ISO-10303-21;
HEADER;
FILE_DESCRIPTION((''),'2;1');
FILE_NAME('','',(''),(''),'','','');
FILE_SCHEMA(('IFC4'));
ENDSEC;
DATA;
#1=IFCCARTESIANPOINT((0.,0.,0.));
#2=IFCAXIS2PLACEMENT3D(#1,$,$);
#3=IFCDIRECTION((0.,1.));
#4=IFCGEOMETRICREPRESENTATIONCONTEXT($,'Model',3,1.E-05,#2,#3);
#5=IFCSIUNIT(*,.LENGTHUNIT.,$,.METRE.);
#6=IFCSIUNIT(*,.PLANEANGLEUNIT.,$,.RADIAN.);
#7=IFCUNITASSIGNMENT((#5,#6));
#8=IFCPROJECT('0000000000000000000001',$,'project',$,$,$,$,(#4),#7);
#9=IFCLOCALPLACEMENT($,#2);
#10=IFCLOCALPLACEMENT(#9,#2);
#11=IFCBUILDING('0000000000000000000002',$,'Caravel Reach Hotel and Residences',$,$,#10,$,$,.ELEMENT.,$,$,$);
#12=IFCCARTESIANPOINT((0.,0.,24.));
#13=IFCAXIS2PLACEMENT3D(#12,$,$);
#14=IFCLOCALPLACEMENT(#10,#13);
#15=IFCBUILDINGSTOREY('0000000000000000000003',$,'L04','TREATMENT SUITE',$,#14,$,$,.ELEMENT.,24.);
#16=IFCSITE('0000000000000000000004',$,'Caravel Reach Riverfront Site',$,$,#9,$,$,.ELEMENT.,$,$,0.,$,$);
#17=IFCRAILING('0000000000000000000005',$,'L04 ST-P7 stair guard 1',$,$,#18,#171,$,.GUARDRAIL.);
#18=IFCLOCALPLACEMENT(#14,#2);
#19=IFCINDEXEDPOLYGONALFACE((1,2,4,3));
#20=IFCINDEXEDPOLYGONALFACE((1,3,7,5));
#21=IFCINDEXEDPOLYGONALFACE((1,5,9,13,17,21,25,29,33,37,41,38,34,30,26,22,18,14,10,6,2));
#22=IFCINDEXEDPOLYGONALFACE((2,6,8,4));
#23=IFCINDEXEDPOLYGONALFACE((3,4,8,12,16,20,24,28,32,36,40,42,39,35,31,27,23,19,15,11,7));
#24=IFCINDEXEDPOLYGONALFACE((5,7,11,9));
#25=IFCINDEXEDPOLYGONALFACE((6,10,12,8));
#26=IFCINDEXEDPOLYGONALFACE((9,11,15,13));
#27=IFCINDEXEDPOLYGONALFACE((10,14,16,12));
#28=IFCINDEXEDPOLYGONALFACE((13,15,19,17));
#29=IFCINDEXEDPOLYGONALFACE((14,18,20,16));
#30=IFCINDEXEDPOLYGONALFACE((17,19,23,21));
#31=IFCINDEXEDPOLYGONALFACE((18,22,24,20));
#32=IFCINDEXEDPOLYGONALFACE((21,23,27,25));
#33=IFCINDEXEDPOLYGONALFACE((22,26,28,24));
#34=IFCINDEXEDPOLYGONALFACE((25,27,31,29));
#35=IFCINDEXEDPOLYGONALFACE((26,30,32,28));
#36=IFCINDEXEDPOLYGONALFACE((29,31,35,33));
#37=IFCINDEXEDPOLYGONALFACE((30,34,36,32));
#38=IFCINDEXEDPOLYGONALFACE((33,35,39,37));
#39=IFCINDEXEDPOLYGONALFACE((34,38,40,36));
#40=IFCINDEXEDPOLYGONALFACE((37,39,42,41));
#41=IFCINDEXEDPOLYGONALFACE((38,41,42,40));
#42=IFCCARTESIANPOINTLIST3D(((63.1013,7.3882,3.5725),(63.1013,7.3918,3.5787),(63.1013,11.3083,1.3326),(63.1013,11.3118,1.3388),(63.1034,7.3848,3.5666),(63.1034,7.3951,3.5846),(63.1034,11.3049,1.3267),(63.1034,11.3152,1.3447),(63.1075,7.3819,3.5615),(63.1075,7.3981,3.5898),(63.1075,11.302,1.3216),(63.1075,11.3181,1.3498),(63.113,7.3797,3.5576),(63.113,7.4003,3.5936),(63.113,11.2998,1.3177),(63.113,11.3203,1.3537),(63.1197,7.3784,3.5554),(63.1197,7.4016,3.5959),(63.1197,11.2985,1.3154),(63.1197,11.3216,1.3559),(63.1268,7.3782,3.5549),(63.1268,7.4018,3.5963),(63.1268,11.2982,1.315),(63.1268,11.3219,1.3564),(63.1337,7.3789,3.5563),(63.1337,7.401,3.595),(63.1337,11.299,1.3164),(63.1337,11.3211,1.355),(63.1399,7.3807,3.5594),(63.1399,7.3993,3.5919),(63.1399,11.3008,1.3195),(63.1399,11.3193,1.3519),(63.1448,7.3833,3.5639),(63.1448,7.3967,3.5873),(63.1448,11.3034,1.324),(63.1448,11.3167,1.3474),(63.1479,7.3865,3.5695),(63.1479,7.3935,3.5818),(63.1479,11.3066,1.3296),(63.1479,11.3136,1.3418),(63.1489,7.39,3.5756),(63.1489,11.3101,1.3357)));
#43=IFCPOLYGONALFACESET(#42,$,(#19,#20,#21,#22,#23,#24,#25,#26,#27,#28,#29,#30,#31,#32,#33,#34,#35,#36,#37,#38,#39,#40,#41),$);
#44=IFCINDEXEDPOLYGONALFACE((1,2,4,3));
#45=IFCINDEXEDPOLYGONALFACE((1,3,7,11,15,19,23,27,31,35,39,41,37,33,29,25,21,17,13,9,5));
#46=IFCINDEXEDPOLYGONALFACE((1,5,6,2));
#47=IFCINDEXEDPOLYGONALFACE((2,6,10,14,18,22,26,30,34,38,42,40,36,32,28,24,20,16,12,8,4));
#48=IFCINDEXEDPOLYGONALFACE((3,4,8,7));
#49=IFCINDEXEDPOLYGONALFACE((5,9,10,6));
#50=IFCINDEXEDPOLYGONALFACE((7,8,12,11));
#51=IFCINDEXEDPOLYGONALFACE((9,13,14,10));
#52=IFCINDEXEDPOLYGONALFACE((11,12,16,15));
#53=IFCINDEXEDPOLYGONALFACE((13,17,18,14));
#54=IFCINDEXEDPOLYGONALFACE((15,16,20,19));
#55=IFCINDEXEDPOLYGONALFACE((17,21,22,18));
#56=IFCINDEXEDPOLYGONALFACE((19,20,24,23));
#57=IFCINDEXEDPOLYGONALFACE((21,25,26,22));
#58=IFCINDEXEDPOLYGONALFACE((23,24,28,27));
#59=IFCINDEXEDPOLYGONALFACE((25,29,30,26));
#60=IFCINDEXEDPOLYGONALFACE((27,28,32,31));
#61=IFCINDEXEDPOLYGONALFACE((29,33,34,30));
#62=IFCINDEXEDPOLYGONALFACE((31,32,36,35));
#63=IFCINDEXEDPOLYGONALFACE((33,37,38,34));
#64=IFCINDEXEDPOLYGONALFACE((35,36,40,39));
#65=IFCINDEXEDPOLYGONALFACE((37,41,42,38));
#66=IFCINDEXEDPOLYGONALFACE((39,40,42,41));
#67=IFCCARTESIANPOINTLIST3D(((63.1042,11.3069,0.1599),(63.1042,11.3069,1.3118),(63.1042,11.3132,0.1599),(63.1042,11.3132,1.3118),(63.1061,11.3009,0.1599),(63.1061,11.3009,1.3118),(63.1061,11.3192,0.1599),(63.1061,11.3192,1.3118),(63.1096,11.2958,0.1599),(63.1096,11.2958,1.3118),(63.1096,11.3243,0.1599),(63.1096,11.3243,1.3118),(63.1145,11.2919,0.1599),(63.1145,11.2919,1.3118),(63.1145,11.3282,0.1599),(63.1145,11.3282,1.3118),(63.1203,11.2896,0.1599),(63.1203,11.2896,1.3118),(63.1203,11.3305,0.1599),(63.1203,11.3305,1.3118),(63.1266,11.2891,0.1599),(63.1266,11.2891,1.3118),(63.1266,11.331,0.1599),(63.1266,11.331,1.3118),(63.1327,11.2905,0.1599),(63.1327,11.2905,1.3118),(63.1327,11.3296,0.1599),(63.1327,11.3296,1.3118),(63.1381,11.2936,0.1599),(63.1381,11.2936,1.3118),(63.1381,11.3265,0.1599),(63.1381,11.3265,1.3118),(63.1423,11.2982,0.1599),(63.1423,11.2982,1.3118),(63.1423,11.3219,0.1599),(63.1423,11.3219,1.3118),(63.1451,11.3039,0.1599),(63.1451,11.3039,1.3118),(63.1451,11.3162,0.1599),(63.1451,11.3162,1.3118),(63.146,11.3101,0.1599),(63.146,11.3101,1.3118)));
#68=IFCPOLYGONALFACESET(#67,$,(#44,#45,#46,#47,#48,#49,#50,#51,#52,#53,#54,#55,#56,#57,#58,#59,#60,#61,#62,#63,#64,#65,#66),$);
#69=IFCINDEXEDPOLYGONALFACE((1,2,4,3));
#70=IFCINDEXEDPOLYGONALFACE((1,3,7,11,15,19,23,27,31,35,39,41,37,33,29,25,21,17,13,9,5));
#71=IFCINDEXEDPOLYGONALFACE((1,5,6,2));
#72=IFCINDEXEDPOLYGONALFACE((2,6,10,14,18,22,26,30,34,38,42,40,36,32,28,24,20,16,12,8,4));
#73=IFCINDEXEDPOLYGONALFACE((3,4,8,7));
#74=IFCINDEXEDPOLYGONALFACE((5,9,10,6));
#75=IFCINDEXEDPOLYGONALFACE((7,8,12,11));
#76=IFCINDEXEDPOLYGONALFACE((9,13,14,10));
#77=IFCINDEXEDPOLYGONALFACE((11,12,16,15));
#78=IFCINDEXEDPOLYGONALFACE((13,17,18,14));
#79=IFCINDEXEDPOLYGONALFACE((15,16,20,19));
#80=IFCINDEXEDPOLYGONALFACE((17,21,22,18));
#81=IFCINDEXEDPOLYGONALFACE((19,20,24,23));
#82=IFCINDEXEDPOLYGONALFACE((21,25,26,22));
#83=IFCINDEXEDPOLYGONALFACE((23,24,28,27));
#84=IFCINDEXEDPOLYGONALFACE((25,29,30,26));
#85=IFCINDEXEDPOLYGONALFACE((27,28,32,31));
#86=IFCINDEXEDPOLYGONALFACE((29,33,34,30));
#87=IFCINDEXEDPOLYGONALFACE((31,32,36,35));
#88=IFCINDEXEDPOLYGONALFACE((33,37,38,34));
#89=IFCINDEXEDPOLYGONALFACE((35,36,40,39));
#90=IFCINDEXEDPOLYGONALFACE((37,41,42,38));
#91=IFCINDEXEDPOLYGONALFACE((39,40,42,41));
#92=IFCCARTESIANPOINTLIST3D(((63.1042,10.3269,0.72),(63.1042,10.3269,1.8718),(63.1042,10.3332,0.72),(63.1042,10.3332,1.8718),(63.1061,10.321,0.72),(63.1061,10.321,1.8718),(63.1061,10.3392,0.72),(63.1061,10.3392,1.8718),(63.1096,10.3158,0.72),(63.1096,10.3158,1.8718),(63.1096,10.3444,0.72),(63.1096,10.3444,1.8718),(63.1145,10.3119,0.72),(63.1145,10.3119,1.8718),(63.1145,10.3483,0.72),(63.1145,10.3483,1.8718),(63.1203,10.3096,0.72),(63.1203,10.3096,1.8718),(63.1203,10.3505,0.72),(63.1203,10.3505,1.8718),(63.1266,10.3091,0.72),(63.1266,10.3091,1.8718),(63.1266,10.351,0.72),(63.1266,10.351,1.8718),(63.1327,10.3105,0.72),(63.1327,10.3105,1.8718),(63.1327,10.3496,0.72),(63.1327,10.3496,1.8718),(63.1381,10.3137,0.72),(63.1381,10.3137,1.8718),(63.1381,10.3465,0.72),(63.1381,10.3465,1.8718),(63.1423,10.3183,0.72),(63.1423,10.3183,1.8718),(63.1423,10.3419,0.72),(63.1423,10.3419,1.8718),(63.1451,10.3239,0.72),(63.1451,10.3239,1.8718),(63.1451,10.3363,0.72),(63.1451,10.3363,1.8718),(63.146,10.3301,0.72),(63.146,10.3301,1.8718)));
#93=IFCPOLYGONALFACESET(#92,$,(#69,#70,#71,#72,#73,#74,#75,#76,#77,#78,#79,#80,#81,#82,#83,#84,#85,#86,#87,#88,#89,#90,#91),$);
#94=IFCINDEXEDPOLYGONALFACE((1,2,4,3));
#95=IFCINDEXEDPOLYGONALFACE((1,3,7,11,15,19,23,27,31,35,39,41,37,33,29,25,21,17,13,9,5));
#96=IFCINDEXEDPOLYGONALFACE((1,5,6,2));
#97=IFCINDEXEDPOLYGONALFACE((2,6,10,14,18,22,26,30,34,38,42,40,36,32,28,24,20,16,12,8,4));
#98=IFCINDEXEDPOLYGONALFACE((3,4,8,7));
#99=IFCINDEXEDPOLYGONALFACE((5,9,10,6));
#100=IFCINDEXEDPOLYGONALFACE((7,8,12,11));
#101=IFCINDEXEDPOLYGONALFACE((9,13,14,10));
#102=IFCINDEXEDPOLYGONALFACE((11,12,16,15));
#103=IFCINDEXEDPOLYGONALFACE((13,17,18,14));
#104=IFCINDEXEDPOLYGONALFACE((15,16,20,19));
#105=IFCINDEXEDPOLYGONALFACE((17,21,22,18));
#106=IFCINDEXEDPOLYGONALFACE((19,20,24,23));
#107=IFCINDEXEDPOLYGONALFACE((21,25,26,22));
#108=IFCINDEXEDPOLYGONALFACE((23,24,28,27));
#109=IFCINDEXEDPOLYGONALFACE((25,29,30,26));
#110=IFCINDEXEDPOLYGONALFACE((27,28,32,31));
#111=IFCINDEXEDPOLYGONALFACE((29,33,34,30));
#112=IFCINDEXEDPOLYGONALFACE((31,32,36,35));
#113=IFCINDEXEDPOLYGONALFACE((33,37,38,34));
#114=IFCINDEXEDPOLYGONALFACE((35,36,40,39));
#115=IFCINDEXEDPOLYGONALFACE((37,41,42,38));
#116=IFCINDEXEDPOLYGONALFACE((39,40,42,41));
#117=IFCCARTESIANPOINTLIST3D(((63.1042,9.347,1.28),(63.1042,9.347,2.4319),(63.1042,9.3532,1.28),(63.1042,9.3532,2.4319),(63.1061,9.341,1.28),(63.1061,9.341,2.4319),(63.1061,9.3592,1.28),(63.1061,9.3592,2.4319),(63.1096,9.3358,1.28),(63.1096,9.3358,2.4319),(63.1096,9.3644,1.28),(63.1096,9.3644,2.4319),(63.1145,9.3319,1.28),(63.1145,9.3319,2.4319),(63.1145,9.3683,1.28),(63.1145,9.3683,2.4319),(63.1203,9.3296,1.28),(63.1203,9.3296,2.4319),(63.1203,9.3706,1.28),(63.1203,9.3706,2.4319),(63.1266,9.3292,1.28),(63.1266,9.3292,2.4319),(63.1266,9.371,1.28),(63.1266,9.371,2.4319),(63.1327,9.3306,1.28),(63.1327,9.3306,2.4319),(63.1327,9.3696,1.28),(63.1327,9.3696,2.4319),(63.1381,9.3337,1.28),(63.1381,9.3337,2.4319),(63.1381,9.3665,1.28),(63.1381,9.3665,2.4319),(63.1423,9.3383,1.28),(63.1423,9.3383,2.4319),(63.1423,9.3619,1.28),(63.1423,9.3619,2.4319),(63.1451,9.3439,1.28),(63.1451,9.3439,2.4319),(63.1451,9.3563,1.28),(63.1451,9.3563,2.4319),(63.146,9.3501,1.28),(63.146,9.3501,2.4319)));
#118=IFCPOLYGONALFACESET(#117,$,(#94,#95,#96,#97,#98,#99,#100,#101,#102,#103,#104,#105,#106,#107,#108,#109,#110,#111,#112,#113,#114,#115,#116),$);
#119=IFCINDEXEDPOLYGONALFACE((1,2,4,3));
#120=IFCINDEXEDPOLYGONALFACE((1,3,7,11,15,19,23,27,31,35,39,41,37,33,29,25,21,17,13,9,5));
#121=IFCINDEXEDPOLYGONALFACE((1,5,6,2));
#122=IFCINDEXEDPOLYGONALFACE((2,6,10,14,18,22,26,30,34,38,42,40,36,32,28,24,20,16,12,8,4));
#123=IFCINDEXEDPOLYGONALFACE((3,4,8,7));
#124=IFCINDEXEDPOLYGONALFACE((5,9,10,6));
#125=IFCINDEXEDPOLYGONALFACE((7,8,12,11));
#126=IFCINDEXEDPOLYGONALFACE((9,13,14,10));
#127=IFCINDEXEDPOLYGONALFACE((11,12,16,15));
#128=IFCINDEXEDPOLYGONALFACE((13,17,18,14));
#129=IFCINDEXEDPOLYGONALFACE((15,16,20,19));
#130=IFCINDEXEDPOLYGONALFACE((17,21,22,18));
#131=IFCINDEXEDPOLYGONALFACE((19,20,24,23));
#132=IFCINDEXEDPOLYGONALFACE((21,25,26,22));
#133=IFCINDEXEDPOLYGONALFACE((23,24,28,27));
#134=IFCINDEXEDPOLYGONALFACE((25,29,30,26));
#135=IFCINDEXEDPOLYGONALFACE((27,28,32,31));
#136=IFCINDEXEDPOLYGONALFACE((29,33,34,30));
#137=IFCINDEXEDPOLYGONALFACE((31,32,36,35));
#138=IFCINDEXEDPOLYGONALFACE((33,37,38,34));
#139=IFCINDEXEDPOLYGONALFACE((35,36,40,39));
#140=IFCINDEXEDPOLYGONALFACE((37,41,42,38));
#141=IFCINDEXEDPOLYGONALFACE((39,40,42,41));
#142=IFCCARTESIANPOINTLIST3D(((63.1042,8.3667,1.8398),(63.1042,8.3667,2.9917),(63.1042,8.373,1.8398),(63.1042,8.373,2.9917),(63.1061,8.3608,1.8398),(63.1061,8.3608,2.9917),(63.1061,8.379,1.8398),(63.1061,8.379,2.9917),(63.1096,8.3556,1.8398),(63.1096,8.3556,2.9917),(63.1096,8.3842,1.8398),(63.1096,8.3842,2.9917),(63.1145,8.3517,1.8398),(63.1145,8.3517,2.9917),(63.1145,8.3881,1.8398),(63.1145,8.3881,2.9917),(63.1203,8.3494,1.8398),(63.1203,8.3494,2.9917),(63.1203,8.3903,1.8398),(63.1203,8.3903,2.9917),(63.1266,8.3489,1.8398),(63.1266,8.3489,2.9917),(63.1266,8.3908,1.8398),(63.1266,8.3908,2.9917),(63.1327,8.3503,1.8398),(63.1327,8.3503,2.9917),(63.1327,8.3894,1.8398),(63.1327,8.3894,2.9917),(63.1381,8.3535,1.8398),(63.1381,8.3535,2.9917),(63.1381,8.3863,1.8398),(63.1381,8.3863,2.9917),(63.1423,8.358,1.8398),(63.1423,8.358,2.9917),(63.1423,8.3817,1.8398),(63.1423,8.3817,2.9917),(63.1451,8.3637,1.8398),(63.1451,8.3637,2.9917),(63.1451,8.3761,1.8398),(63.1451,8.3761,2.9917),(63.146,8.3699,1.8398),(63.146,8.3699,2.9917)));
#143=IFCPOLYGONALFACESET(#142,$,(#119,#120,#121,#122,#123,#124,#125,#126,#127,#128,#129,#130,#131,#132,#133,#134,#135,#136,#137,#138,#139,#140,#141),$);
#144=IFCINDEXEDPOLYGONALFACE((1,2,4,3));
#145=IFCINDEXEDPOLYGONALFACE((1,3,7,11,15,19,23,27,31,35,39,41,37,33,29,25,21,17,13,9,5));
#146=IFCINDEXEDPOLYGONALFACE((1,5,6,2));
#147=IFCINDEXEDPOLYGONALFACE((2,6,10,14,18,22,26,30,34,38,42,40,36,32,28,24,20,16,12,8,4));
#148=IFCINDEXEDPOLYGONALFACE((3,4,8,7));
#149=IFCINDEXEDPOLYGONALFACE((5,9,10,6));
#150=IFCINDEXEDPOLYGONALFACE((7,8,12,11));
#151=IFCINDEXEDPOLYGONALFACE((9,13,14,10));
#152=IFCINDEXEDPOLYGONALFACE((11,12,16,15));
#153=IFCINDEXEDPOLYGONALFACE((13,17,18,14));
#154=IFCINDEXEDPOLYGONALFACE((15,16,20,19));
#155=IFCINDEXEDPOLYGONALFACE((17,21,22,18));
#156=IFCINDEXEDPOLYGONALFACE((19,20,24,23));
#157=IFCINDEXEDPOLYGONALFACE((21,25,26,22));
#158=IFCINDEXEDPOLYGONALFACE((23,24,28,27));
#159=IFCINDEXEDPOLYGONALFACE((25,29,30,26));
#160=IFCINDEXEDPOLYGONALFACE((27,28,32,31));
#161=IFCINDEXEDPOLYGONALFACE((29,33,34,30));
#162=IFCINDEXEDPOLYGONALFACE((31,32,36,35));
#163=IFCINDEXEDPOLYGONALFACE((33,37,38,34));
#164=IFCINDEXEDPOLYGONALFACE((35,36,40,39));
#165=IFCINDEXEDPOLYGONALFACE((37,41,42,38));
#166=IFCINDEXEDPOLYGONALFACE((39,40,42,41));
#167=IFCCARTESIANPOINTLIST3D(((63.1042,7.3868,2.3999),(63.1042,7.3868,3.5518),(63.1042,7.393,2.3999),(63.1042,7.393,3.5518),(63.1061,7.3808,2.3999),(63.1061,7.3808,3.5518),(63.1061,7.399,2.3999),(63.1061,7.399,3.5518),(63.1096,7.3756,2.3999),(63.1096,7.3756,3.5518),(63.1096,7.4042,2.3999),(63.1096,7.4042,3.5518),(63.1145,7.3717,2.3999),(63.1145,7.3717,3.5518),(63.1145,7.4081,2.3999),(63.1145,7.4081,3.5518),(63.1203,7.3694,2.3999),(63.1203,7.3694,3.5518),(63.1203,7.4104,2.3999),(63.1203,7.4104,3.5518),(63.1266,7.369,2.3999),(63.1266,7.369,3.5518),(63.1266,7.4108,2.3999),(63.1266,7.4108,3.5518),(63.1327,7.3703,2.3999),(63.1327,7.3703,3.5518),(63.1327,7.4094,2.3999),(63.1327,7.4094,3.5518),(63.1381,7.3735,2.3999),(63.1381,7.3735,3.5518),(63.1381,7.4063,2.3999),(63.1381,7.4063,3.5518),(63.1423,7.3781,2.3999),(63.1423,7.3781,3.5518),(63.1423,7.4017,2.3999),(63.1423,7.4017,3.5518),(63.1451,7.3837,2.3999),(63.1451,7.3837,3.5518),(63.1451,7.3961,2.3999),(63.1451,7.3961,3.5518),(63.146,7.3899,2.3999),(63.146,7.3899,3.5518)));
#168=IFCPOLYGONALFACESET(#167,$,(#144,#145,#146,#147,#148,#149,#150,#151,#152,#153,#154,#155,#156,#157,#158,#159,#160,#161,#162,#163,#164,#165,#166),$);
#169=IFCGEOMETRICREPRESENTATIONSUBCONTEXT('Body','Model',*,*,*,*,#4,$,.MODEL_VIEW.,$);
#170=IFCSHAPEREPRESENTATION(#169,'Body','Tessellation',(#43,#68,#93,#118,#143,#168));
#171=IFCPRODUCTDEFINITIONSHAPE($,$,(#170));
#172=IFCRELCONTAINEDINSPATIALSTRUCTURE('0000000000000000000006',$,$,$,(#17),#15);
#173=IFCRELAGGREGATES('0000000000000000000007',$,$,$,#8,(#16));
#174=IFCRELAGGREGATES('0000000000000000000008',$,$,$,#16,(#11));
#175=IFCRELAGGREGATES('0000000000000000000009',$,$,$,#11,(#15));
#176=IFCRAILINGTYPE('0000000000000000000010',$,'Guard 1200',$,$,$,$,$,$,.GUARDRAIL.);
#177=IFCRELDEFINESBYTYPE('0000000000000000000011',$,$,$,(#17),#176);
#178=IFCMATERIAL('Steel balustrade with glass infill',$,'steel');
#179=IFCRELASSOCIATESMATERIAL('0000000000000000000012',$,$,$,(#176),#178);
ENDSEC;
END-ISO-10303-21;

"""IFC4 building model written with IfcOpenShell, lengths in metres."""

from ifc_helpers import new_model, si_unit, direction, frame, origin, origin_2d, place, context, subcontext, project, spatial, circle, extrude, material, type_object, element, save


model = new_model("IFC4")

# Units and contexts
model_context = context("Model", 3, precision=1e-05, world=origin(), true_north=direction((0.0, 1.0)))
body_context = subcontext(model_context, "Body", "Model", "MODEL_VIEW")
ifc_project = project(units=[si_unit("LENGTHUNIT", "METRE"), si_unit("PLANEANGLEUNIT", "RADIAN")], contexts=[model_context])

# Site, building, storey
site_placement = place(None, origin())
site = spatial("IfcSite", under=ifc_project, at=site_placement, Name="Caravel Reach Riverfront Site", CompositionType="ELEMENT", RefElevation=0.0)
building_placement = place(site_placement, origin())
building = spatial("IfcBuilding", under=site, at=building_placement, Name="Caravel Reach Hotel and Residences", CompositionType="ELEMENT")
storey_placement = place(building_placement, frame((0.0, 0.0, 24.0)))
storey = spatial("IfcBuildingStorey", under=building, at=storey_placement, Name="L04", Description="TREATMENT SUITE", CompositionType="ELEMENT", Elevation=24.0)

# Railing
ifc_material_1 = material(Name="Steel balustrade with glass infill", Category="steel")
railing_type_1 = type_object("IfcRailingType", Name="Guard 1200", PredefinedType="GUARDRAIL", material=ifc_material_1)
railing_1_placement = place(storey_placement, frame((63.125, 11.3101, 0.1599)))
element("IfcRailing", 1, at=railing_1_placement, inside=storey, type_object=railing_type_1, Name="L04 ST-P7 stair guard 1", PredefinedType="GUARDRAIL", context=body_context, shape_type="SweptSolid", body=[
    extrude(circle(Radius=0.0239, at=origin_2d()), frame((0.0, 0.0, 1.1758), z_axis=(0.0, -0.868253, 0.496121), x_axis=(1.0, 0.0, 0.0)), (0.0, 0.0, 1.0), 4.5149),
    extrude(circle(Radius=0.021, at=origin_2d()), origin(), (0.0, 0.0, 1.0), 1.1519),
    extrude(circle(Radius=0.021, at=origin_2d()), frame((0.0, -0.98, 0.5601)), (0.0, 0.0, 1.0), 1.1519),
    extrude(circle(Radius=0.021, at=origin_2d()), frame((0.0, -1.96, 1.1201)), (0.0, 0.0, 1.0), 1.1519),
    extrude(circle(Radius=0.021, at=origin_2d()), frame((0.0, -2.9402, 1.6799)), (0.0, 0.0, 1.0), 1.1519),
    extrude(circle(Radius=0.021, at=origin_2d()), frame((0.0, -3.9202, 2.24)), (0.0, 0.0, 1.0), 1.1519),
])

save(model, "model.ifc")
